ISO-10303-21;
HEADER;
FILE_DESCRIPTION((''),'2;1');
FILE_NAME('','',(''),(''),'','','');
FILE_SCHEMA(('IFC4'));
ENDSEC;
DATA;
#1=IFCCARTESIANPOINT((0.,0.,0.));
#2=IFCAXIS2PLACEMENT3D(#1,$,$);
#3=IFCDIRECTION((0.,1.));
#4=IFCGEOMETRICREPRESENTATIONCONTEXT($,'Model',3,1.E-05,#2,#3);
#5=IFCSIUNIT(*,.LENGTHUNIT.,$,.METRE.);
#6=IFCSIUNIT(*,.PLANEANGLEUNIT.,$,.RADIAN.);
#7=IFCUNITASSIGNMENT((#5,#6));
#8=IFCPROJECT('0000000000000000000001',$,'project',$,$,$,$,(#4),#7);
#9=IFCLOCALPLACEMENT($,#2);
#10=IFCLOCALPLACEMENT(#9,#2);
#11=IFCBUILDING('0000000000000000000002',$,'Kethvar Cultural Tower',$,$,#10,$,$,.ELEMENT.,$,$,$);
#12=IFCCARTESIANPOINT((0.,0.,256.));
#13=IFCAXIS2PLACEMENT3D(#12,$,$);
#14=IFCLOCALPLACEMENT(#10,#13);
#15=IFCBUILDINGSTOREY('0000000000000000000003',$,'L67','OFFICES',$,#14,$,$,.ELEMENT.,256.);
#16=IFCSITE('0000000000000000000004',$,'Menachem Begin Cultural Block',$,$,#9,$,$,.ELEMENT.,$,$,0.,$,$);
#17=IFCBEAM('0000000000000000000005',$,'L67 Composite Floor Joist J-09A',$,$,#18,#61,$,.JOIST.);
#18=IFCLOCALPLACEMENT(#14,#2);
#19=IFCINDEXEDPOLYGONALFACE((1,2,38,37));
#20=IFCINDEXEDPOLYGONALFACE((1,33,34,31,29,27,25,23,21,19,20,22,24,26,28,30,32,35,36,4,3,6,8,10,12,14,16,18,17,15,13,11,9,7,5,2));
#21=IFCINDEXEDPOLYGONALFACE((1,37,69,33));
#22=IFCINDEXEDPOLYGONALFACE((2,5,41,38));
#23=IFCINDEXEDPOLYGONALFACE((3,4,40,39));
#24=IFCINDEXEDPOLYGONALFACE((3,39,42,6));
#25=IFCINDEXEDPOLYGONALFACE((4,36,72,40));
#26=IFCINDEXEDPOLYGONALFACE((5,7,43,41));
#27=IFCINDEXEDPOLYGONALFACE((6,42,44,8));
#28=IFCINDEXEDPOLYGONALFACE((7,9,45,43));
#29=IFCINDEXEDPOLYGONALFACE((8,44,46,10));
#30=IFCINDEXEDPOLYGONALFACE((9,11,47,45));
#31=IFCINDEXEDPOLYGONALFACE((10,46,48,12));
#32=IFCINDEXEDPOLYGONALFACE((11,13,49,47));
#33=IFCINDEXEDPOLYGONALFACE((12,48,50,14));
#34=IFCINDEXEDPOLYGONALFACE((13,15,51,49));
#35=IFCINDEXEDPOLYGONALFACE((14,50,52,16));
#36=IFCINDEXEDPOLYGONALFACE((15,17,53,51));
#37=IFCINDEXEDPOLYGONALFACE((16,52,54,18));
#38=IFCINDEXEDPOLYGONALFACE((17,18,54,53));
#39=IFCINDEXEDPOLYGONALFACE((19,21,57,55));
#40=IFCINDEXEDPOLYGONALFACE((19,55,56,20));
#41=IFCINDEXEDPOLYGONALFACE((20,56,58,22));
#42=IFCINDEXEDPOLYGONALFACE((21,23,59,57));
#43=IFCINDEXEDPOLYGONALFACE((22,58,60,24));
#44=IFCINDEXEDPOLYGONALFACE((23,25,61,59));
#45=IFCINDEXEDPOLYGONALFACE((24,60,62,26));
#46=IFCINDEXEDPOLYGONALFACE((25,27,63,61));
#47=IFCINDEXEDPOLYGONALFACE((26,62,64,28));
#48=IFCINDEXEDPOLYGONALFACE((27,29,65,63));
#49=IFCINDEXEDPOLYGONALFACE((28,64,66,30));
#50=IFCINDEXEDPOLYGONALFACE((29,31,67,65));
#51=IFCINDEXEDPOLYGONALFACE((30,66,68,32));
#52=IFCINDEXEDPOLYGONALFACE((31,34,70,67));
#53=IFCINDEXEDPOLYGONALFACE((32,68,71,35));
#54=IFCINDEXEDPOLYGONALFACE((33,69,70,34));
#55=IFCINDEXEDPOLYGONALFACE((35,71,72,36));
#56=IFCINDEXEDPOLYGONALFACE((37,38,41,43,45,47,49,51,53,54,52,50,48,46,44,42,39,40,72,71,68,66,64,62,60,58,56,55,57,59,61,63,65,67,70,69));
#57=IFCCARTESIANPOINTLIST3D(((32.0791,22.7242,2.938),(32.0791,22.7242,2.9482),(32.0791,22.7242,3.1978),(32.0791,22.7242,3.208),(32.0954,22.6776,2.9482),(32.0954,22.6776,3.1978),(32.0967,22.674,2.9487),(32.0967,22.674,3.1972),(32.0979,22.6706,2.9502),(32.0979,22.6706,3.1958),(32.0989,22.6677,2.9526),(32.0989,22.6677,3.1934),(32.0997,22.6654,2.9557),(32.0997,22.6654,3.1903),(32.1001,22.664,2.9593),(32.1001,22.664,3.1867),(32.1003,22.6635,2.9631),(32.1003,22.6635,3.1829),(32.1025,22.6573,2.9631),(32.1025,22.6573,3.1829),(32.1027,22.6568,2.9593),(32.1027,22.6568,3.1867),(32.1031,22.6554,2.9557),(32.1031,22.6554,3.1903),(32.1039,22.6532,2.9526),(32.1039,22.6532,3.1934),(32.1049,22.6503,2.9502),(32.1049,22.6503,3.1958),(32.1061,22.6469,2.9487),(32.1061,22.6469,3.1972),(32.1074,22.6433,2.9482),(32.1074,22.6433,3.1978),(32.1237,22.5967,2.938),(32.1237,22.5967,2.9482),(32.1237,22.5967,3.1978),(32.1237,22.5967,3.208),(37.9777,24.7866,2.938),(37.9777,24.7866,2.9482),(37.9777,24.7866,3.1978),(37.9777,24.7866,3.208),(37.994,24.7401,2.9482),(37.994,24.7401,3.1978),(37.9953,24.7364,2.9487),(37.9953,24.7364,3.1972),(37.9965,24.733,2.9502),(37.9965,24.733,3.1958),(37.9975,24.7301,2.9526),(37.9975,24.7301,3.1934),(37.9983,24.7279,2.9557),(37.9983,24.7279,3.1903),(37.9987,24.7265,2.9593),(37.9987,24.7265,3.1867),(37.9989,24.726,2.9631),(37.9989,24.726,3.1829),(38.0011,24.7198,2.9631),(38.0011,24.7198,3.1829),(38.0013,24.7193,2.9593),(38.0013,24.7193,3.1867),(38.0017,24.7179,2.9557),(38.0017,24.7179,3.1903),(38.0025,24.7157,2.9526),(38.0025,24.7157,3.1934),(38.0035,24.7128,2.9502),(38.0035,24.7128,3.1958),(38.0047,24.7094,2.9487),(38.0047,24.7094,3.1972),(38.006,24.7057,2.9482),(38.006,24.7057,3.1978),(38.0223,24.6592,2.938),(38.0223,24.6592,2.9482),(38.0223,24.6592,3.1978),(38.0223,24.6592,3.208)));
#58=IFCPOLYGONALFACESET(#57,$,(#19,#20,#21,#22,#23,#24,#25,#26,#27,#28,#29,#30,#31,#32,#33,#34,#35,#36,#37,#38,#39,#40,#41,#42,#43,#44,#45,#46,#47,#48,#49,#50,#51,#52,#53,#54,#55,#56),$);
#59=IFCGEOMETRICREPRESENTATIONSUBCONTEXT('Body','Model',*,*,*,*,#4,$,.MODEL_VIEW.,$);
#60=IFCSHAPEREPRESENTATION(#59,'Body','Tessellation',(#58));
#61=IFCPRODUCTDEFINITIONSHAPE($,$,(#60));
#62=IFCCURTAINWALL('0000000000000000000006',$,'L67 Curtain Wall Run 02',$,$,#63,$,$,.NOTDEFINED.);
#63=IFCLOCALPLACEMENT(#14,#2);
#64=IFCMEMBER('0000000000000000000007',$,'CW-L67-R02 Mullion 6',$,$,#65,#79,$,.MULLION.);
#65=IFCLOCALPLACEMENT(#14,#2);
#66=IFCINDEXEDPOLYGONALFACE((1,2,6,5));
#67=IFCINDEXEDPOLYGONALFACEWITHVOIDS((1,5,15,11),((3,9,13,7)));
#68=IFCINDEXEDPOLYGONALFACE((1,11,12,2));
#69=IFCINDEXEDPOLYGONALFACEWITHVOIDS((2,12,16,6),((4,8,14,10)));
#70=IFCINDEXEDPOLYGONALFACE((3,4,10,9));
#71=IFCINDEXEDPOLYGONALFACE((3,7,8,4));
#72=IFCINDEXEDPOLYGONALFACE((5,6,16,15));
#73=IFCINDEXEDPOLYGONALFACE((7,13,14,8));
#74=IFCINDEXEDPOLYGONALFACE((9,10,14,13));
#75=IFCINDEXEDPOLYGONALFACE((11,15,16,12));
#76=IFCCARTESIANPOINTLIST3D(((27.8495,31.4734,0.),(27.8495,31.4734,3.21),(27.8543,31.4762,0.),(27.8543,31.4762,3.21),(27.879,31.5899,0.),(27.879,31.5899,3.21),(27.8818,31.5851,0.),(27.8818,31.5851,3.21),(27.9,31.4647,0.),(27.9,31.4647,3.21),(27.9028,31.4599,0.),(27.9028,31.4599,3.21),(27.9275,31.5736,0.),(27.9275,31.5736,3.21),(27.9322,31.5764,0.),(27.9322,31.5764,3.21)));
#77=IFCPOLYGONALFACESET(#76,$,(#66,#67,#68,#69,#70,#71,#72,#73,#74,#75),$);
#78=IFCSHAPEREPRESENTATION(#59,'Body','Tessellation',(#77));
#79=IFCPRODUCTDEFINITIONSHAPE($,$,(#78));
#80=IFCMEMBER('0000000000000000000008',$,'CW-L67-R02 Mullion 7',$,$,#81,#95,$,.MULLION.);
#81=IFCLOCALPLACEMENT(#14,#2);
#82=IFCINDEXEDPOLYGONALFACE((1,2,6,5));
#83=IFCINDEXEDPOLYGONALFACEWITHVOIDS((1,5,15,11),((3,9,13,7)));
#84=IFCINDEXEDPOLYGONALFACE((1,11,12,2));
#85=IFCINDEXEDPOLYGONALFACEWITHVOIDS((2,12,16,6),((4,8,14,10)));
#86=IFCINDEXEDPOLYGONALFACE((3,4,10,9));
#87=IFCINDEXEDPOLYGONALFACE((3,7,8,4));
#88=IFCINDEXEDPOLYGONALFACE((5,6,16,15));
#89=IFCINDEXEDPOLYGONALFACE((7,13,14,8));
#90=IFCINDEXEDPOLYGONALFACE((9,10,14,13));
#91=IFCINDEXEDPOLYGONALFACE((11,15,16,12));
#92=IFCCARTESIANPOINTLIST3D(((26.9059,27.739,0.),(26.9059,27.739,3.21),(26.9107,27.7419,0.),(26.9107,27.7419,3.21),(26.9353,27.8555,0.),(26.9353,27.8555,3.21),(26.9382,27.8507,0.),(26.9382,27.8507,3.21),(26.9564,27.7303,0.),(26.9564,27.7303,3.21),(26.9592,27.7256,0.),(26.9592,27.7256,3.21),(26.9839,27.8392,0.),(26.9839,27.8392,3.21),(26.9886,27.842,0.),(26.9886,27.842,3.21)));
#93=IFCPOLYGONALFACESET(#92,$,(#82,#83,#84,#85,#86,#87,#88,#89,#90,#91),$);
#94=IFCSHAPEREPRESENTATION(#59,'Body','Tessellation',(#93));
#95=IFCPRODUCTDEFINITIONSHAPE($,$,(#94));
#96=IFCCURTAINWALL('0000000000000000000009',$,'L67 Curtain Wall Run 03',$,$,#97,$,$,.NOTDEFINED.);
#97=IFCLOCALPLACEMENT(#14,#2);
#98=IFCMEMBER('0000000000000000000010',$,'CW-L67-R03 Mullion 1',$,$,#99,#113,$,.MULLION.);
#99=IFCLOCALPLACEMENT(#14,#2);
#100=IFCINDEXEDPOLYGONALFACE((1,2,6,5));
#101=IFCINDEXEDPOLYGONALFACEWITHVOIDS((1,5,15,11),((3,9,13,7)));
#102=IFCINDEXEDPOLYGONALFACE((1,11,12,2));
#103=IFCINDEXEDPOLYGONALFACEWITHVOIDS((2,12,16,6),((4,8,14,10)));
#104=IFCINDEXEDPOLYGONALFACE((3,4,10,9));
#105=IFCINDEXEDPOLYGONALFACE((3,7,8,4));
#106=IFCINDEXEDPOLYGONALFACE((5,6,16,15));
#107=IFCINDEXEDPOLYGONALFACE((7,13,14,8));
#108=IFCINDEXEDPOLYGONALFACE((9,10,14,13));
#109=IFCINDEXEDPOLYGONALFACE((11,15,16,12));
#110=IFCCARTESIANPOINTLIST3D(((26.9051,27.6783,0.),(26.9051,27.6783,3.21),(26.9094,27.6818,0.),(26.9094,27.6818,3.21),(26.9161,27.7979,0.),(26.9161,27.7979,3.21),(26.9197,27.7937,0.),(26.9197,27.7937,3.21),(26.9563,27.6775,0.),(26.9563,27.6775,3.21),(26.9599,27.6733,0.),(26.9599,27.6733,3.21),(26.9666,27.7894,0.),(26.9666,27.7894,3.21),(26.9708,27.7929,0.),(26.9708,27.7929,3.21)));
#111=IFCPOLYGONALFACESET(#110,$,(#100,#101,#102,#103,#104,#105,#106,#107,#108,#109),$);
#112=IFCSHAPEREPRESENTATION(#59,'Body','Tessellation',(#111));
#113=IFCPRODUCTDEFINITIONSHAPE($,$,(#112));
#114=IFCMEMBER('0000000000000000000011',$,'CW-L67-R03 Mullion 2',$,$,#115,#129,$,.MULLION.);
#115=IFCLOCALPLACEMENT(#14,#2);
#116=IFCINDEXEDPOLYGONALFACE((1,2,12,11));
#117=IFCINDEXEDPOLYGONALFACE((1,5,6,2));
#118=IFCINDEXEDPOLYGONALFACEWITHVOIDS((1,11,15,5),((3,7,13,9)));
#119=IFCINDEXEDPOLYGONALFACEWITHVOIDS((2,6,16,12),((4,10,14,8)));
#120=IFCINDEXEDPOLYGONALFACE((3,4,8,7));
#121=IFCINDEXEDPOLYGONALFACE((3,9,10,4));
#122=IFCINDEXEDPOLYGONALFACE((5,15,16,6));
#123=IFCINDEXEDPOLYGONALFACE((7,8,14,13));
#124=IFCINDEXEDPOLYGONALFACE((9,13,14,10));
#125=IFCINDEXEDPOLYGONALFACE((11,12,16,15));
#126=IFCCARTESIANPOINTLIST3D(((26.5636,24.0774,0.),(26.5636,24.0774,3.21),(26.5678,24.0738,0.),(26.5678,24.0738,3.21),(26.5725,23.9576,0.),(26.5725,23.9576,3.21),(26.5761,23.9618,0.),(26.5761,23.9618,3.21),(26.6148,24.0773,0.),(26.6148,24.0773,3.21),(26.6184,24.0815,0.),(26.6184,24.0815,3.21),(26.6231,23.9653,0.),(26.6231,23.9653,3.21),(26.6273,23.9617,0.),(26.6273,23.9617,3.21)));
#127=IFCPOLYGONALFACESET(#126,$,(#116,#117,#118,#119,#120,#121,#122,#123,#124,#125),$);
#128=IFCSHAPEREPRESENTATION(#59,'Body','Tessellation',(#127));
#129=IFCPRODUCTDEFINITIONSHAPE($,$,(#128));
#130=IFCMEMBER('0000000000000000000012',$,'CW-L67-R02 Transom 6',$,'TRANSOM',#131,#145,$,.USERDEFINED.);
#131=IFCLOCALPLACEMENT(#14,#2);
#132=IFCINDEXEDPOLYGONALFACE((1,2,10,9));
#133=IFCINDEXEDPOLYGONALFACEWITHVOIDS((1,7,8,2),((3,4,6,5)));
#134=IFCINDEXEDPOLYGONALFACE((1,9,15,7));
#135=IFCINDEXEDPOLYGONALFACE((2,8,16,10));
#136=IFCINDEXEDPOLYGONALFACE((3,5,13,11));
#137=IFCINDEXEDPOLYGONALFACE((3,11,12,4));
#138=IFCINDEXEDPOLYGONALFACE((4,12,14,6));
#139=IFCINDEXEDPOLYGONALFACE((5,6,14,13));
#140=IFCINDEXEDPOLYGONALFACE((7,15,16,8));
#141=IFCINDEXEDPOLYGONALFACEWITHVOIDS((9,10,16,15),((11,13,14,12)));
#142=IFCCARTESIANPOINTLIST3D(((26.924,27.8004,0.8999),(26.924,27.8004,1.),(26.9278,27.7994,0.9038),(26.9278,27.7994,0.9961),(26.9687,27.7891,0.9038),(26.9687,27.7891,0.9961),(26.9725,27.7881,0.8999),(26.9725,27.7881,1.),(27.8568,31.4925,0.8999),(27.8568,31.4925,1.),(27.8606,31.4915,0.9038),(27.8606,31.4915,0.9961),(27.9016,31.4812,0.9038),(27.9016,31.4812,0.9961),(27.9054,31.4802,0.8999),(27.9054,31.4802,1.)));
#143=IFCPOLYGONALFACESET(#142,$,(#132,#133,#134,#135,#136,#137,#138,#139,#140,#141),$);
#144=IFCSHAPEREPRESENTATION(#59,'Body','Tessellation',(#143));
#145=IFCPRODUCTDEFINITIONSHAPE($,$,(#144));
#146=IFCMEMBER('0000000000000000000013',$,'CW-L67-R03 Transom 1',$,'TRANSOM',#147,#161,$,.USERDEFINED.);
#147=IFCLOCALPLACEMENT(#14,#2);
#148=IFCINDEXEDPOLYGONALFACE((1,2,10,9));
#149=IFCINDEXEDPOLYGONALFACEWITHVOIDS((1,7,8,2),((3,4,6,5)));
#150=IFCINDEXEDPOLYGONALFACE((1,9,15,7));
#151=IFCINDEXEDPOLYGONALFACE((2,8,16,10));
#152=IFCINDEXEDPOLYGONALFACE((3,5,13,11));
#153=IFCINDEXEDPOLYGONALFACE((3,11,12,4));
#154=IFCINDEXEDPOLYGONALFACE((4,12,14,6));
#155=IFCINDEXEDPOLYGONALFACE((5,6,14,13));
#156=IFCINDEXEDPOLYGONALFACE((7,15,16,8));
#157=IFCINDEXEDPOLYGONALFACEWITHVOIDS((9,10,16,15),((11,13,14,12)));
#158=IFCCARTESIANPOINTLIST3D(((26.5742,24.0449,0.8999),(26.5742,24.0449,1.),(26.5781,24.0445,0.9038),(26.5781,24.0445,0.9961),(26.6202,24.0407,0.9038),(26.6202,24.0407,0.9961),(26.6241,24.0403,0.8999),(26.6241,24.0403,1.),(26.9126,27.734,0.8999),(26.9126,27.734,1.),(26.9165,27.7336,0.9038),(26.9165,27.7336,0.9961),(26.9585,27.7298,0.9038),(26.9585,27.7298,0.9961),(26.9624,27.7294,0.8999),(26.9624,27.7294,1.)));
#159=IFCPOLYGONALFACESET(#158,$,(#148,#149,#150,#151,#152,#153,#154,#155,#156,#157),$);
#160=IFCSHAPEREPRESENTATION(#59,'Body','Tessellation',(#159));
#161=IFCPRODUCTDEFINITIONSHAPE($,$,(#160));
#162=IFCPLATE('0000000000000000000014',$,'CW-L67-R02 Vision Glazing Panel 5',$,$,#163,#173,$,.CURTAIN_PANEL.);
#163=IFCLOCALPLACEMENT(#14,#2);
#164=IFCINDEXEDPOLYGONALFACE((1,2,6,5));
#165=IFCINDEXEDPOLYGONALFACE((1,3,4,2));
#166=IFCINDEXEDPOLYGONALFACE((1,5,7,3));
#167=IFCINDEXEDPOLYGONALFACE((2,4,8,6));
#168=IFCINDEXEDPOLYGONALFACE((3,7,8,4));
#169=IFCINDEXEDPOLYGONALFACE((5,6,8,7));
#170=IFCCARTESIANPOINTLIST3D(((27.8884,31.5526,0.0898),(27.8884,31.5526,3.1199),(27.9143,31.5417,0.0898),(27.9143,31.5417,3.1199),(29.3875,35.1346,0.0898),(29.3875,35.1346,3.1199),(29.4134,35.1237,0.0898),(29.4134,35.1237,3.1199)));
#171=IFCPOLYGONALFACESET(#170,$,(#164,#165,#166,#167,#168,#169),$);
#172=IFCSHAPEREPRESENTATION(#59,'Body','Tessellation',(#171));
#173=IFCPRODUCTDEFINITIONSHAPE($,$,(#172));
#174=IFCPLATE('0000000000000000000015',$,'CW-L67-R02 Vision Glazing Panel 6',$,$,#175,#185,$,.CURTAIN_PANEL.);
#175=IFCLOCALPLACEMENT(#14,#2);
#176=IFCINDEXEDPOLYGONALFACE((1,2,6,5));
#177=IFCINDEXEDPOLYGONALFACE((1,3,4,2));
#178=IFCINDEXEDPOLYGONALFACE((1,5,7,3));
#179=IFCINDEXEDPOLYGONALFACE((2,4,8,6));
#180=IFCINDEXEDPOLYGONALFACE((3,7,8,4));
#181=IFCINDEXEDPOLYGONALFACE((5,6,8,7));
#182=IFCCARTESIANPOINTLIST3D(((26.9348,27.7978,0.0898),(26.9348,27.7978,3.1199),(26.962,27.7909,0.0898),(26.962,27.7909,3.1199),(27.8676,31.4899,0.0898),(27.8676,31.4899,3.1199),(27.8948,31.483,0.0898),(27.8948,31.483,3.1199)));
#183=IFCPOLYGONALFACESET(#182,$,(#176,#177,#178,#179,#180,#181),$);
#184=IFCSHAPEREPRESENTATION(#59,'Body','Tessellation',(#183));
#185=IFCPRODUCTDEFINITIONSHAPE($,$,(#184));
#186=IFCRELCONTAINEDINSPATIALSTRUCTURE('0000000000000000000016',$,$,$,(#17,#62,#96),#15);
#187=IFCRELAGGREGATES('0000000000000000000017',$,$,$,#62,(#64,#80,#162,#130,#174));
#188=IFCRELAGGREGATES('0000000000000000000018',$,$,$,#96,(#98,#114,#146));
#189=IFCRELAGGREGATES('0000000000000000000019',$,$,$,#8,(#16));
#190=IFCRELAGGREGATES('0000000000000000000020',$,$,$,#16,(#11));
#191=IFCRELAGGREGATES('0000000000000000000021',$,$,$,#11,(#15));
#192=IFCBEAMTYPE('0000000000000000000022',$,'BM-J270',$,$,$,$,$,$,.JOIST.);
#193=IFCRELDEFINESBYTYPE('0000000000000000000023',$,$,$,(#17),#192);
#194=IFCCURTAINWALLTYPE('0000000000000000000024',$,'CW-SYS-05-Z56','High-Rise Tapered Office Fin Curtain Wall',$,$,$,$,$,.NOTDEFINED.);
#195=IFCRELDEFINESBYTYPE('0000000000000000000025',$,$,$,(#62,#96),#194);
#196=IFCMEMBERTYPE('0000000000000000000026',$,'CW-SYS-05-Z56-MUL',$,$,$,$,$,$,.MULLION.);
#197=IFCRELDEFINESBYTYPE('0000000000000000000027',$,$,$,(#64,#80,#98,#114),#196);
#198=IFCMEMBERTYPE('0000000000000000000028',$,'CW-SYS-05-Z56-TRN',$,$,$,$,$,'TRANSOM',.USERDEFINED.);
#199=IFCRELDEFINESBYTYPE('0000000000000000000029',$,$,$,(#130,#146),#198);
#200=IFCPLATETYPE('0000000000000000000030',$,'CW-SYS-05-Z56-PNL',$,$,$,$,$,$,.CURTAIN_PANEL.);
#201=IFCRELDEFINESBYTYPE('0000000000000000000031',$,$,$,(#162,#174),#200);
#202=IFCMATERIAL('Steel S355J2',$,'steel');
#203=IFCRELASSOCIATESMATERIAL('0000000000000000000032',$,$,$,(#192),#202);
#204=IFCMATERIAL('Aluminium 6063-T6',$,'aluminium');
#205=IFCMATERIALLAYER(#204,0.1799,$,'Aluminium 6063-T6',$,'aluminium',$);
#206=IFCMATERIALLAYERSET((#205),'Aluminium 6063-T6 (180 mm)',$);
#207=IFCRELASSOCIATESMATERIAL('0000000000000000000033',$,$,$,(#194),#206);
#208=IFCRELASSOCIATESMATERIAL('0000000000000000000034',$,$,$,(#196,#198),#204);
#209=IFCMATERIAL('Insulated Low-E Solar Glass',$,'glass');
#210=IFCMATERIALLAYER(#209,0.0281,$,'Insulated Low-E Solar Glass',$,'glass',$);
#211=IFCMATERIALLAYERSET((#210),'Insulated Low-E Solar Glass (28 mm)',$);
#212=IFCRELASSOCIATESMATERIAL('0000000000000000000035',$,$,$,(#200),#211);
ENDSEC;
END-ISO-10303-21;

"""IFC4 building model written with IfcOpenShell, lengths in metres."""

from ifc_helpers import new_model, si_unit, direction, frame, origin, origin_2d, place, context, subcontext, project, spatial, rectangle, hollow_rectangle, i_section, extrude, source, transform, mapped, material, layer, layer_set, material_profile, profile_set, type_object, element, aggregate, save


model = new_model("IFC4")

# Units and contexts
model_context = context("Model", 3, precision=1e-05, world=origin(), true_north=direction((0.0, 1.0)))
body_context = subcontext(model_context, "Body", "Model", "MODEL_VIEW")
ifc_project = project(units=[si_unit("LENGTHUNIT", "METRE"), si_unit("PLANEANGLEUNIT", "RADIAN")], contexts=[model_context])

# Site, building, storey
site_placement = place(None, origin())
site = spatial("IfcSite", under=ifc_project, at=site_placement, Name="Menachem Begin Cultural Block", CompositionType="ELEMENT", RefElevation=0.0)
building_placement = place(site_placement, origin())
building = spatial("IfcBuilding", under=site, at=building_placement, Name="Kethvar Cultural Tower", CompositionType="ELEMENT")
storey_placement = place(building_placement, frame((0.0, 0.0, 256.0)))
storey = spatial("IfcBuildingStorey", under=building, at=storey_placement, Name="L67", Description="OFFICES", CompositionType="ELEMENT", Elevation=256.0)

# Beam
ifc_material_1 = material(Name="Steel S355J2", Category="steel")
ifc_material_profile_1 = material_profile(ifc_material_1, i_section(OverallWidth=0.135, OverallDepth=0.27, WebThickness=0.0066, FlangeThickness=0.0103, FilletRadius=0.0149, at=origin_2d()), Name="Steel S355J2 — IPE270")
ifc_profile_set_1 = profile_set([ifc_material_profile_1], Name="Steel S355J2 — IPE270")
beam_type_1 = type_object("IfcBeamType", Name="BM-J270", PredefinedType="JOIST", material=ifc_profile_set_1)
shared_shape_1 = source(origin(), body_context, "Body", "SweptSolid", [
    extrude(i_section(OverallWidth=0.135, OverallDepth=0.27, WebThickness=0.0066, FlangeThickness=0.0103, FilletRadius=0.0149, at=origin_2d()), origin(), (0.0, 0.0, 1.0), 6.2488),
])
beam_1_placement = place(storey_placement, frame((38.0, 24.7229, 3.073), z_axis=(-0.94396, -0.33006, 0.0), x_axis=(0.33006, -0.94396, 0.0)))
element("IfcBeam", 1, at=beam_1_placement, inside=storey, type_object=beam_type_1, Name="L67 Composite Floor Joist J-09A", PredefinedType="JOIST", context=body_context, shape_type="MappedRepresentation", body=[
    mapped(shared_shape_1, transform((0.0, 0.0, 0.0), scale=1.0)),
])

# Curtain walls, members
ifc_material_2 = material(Name="Aluminium 6063-T6", Category="aluminium")
ifc_layer_1 = layer(ifc_material_2, 0.1799, Name="Aluminium 6063-T6", Category="aluminium")
ifc_layer_set_1 = layer_set([ifc_layer_1], Name="Aluminium 6063-T6 (180 mm)")
curtain_wall_type = type_object("IfcCurtainWallType", Name="CW-SYS-05-Z56", Description="High-Rise Tapered Office Fin Curtain Wall", PredefinedType="NOTDEFINED", material=ifc_layer_set_1)
curtain_wall_1_placement = place(storey_placement, origin())
curtain_wall_1 = element("IfcCurtainWall", 2, at=curtain_wall_1_placement, inside=storey, type_object=curtain_wall_type, Name="L67 Curtain Wall Run 02", PredefinedType="NOTDEFINED")
ifc_material_profile_2 = material_profile(ifc_material_2, hollow_rectangle(XDim=0.0549, YDim=0.1201, WallThickness=0.0039, at=origin_2d()), Name="Aluminium 6063-T6 — RHS120x55x4")
ifc_profile_set_2 = profile_set([ifc_material_profile_2], Name="Aluminium 6063-T6 — RHS120x55x4")
member_type_1 = type_object("IfcMemberType", Name="CW-SYS-05-Z56-MUL", PredefinedType="MULLION", material=ifc_profile_set_2)
shared_shape_2 = source(origin(), body_context, "Body", "SweptSolid", [
    extrude(hollow_rectangle(XDim=0.0549, YDim=0.1201, WallThickness=0.0039, at=origin_2d()), origin(), (0.0, 0.0, 1.0), 3.21),
])
member_1_placement = place(storey_placement, frame((27.8909, 31.5249, 0.0), z_axis=(0.0, 0.0, 1.0), x_axis=(0.969531, -0.244969, 0.0)))
member_1 = element("IfcMember", 3, at=member_1_placement, type_object=member_type_1, Name="CW-L67-R02 Mullion 6", PredefinedType="MULLION", context=body_context, shape_type="MappedRepresentation", body=[
    mapped(shared_shape_2, transform((0.0, 0.0, 0.0), scale=1.0)),
])
member_2_placement = place(storey_placement, frame((26.9473, 27.7905, 0.0), z_axis=(0.0, 0.0, 1.0), x_axis=(0.969531, -0.244969, 0.0)))
member_2 = element("IfcMember", 4, at=member_2_placement, type_object=member_type_1, Name="CW-L67-R02 Mullion 7", PredefinedType="MULLION", context=body_context, shape_type="MappedRepresentation", body=[
    mapped(shared_shape_2, transform((0.0, 0.0, 0.0), scale=1.0)),
])
curtain_wall_2_placement = place(storey_placement, origin())
curtain_wall_2 = element("IfcCurtainWall", 5, at=curtain_wall_2_placement, inside=storey, type_object=curtain_wall_type, Name="L67 Curtain Wall Run 03", PredefinedType="NOTDEFINED")
member_3_placement = place(storey_placement, frame((26.938, 27.7356, 0.0), z_axis=(0.0, 0.0, 1.0), x_axis=(0.995816, -0.09138, 0.0)))
member_3 = element("IfcMember", 6, at=member_3_placement, type_object=member_type_1, Name="CW-L67-R03 Mullion 1", PredefinedType="MULLION", context=body_context, shape_type="MappedRepresentation", body=[
    mapped(shared_shape_2, transform((0.0, 0.0, 0.0), scale=1.0)),
])
member_4_placement = place(storey_placement, frame((26.5955, 24.0195, 0.0), z_axis=(0.0, 0.0, 1.0), x_axis=(0.997258, 0.074004, 0.0)))
member_4 = element("IfcMember", 7, at=member_4_placement, type_object=member_type_1, Name="CW-L67-R03 Mullion 2", PredefinedType="MULLION", context=body_context, shape_type="MappedRepresentation", body=[
    mapped(shared_shape_2, transform((0.0, 0.0, 0.0), scale=1.0)),
])

# Members
ifc_material_profile_3 = material_profile(ifc_material_2, hollow_rectangle(XDim=0.05, YDim=0.1001, WallThickness=0.0039, at=origin_2d()), Name="Aluminium 6063-T6 — RHS100x50x4")
ifc_profile_set_3 = profile_set([ifc_material_profile_3], Name="Aluminium 6063-T6 — RHS100x50x4")
member_type_2 = type_object("IfcMemberType", Name="CW-SYS-05-Z56-TRN", ElementType="TRANSOM", PredefinedType="USERDEFINED", material=ifc_profile_set_3)
shared_shape_3 = source(origin(), body_context, "Body", "SweptSolid", [
    extrude(hollow_rectangle(XDim=0.05, YDim=0.1001, WallThickness=0.0039, at=origin_2d()), origin(), (0.0, 0.0, 1.0), 3.8081),
])
member_5_placement = place(storey_placement, frame((27.8811, 31.4863, 0.95), z_axis=(-0.244963, -0.969532, 0.0), x_axis=(0.969532, -0.244963, 0.0)))
member_5 = element("IfcMember", 8, at=member_5_placement, type_object=member_type_2, Name="CW-L67-R02 Transom 6", ObjectType="TRANSOM", PredefinedType="USERDEFINED", context=body_context, shape_type="MappedRepresentation", body=[
    mapped(shared_shape_3, transform((0.0, 0.0, 0.0), scale=1.0)),
])
shared_shape_4 = source(origin(), body_context, "Body", "SweptSolid", [
    extrude(hollow_rectangle(XDim=0.05, YDim=0.1001, WallThickness=0.0039, at=origin_2d()), origin(), (0.0, 0.0, 1.0), 3.7046),
])
member_6_placement = place(storey_placement, frame((26.9375, 27.7317, 0.95), z_axis=(-0.091338, -0.99582, 0.0), x_axis=(0.99582, -0.091338, 0.0)))
member_6 = element("IfcMember", 9, at=member_6_placement, type_object=member_type_2, Name="CW-L67-R03 Transom 1", ObjectType="TRANSOM", PredefinedType="USERDEFINED", context=body_context, shape_type="MappedRepresentation", body=[
    mapped(shared_shape_4, transform((0.0, 0.0, 0.0), scale=1.0)),
])

# Plates
ifc_material_3 = material(Name="Insulated Low-E Solar Glass", Category="glass")
ifc_layer_2 = layer(ifc_material_3, 0.0281, Name="Insulated Low-E Solar Glass", Category="glass")
ifc_layer_set_2 = layer_set([ifc_layer_2], Name="Insulated Low-E Solar Glass (28 mm)")
plate_type = type_object("IfcPlateType", Name="CW-SYS-05-Z56-PNL", PredefinedType="CURTAIN_PANEL", material=ifc_layer_set_2)
shared_shape_5 = source(origin(), body_context, "Body", "SweptSolid", [
    extrude(rectangle(XDim=3.8831, YDim=0.0281, at=origin_2d()), origin(), (0.0, 0.0, 1.0), 3.03),
])
plate_1_placement = place(storey_placement, frame((28.6509, 33.3381, 0.0898), z_axis=(0.0, 0.0, 1.0), x_axis=(-0.386067, -0.922471, 0.0)))
plate_1 = element("IfcPlate", 10, at=plate_1_placement, type_object=plate_type, Name="CW-L67-R02 Vision Glazing Panel 5", PredefinedType="CURTAIN_PANEL", context=body_context, shape_type="MappedRepresentation", body=[
    mapped(shared_shape_5, transform((0.0, 0.0, 0.0), scale=1.0)),
])
shared_shape_6 = source(origin(), body_context, "Body", "SweptSolid", [
    extrude(rectangle(XDim=3.8081, YDim=0.0281, at=origin_2d()), origin(), (0.0, 0.0, 1.0), 3.03),
])
plate_2_placement = place(storey_placement, frame((27.4148, 29.6404, 0.0898), z_axis=(0.0, 0.0, 1.0), x_axis=(-0.244969, -0.969531, 0.0)))
plate_2 = element("IfcPlate", 11, at=plate_2_placement, type_object=plate_type, Name="CW-L67-R02 Vision Glazing Panel 6", PredefinedType="CURTAIN_PANEL", context=body_context, shape_type="MappedRepresentation", body=[
    mapped(shared_shape_6, transform((0.0, 0.0, 0.0), scale=1.0)),
])
aggregate(curtain_wall_1, [member_1, member_2, plate_1, member_5, plate_2])
aggregate(curtain_wall_2, [member_3, member_4, member_6])

save(model, "model.ifc")
